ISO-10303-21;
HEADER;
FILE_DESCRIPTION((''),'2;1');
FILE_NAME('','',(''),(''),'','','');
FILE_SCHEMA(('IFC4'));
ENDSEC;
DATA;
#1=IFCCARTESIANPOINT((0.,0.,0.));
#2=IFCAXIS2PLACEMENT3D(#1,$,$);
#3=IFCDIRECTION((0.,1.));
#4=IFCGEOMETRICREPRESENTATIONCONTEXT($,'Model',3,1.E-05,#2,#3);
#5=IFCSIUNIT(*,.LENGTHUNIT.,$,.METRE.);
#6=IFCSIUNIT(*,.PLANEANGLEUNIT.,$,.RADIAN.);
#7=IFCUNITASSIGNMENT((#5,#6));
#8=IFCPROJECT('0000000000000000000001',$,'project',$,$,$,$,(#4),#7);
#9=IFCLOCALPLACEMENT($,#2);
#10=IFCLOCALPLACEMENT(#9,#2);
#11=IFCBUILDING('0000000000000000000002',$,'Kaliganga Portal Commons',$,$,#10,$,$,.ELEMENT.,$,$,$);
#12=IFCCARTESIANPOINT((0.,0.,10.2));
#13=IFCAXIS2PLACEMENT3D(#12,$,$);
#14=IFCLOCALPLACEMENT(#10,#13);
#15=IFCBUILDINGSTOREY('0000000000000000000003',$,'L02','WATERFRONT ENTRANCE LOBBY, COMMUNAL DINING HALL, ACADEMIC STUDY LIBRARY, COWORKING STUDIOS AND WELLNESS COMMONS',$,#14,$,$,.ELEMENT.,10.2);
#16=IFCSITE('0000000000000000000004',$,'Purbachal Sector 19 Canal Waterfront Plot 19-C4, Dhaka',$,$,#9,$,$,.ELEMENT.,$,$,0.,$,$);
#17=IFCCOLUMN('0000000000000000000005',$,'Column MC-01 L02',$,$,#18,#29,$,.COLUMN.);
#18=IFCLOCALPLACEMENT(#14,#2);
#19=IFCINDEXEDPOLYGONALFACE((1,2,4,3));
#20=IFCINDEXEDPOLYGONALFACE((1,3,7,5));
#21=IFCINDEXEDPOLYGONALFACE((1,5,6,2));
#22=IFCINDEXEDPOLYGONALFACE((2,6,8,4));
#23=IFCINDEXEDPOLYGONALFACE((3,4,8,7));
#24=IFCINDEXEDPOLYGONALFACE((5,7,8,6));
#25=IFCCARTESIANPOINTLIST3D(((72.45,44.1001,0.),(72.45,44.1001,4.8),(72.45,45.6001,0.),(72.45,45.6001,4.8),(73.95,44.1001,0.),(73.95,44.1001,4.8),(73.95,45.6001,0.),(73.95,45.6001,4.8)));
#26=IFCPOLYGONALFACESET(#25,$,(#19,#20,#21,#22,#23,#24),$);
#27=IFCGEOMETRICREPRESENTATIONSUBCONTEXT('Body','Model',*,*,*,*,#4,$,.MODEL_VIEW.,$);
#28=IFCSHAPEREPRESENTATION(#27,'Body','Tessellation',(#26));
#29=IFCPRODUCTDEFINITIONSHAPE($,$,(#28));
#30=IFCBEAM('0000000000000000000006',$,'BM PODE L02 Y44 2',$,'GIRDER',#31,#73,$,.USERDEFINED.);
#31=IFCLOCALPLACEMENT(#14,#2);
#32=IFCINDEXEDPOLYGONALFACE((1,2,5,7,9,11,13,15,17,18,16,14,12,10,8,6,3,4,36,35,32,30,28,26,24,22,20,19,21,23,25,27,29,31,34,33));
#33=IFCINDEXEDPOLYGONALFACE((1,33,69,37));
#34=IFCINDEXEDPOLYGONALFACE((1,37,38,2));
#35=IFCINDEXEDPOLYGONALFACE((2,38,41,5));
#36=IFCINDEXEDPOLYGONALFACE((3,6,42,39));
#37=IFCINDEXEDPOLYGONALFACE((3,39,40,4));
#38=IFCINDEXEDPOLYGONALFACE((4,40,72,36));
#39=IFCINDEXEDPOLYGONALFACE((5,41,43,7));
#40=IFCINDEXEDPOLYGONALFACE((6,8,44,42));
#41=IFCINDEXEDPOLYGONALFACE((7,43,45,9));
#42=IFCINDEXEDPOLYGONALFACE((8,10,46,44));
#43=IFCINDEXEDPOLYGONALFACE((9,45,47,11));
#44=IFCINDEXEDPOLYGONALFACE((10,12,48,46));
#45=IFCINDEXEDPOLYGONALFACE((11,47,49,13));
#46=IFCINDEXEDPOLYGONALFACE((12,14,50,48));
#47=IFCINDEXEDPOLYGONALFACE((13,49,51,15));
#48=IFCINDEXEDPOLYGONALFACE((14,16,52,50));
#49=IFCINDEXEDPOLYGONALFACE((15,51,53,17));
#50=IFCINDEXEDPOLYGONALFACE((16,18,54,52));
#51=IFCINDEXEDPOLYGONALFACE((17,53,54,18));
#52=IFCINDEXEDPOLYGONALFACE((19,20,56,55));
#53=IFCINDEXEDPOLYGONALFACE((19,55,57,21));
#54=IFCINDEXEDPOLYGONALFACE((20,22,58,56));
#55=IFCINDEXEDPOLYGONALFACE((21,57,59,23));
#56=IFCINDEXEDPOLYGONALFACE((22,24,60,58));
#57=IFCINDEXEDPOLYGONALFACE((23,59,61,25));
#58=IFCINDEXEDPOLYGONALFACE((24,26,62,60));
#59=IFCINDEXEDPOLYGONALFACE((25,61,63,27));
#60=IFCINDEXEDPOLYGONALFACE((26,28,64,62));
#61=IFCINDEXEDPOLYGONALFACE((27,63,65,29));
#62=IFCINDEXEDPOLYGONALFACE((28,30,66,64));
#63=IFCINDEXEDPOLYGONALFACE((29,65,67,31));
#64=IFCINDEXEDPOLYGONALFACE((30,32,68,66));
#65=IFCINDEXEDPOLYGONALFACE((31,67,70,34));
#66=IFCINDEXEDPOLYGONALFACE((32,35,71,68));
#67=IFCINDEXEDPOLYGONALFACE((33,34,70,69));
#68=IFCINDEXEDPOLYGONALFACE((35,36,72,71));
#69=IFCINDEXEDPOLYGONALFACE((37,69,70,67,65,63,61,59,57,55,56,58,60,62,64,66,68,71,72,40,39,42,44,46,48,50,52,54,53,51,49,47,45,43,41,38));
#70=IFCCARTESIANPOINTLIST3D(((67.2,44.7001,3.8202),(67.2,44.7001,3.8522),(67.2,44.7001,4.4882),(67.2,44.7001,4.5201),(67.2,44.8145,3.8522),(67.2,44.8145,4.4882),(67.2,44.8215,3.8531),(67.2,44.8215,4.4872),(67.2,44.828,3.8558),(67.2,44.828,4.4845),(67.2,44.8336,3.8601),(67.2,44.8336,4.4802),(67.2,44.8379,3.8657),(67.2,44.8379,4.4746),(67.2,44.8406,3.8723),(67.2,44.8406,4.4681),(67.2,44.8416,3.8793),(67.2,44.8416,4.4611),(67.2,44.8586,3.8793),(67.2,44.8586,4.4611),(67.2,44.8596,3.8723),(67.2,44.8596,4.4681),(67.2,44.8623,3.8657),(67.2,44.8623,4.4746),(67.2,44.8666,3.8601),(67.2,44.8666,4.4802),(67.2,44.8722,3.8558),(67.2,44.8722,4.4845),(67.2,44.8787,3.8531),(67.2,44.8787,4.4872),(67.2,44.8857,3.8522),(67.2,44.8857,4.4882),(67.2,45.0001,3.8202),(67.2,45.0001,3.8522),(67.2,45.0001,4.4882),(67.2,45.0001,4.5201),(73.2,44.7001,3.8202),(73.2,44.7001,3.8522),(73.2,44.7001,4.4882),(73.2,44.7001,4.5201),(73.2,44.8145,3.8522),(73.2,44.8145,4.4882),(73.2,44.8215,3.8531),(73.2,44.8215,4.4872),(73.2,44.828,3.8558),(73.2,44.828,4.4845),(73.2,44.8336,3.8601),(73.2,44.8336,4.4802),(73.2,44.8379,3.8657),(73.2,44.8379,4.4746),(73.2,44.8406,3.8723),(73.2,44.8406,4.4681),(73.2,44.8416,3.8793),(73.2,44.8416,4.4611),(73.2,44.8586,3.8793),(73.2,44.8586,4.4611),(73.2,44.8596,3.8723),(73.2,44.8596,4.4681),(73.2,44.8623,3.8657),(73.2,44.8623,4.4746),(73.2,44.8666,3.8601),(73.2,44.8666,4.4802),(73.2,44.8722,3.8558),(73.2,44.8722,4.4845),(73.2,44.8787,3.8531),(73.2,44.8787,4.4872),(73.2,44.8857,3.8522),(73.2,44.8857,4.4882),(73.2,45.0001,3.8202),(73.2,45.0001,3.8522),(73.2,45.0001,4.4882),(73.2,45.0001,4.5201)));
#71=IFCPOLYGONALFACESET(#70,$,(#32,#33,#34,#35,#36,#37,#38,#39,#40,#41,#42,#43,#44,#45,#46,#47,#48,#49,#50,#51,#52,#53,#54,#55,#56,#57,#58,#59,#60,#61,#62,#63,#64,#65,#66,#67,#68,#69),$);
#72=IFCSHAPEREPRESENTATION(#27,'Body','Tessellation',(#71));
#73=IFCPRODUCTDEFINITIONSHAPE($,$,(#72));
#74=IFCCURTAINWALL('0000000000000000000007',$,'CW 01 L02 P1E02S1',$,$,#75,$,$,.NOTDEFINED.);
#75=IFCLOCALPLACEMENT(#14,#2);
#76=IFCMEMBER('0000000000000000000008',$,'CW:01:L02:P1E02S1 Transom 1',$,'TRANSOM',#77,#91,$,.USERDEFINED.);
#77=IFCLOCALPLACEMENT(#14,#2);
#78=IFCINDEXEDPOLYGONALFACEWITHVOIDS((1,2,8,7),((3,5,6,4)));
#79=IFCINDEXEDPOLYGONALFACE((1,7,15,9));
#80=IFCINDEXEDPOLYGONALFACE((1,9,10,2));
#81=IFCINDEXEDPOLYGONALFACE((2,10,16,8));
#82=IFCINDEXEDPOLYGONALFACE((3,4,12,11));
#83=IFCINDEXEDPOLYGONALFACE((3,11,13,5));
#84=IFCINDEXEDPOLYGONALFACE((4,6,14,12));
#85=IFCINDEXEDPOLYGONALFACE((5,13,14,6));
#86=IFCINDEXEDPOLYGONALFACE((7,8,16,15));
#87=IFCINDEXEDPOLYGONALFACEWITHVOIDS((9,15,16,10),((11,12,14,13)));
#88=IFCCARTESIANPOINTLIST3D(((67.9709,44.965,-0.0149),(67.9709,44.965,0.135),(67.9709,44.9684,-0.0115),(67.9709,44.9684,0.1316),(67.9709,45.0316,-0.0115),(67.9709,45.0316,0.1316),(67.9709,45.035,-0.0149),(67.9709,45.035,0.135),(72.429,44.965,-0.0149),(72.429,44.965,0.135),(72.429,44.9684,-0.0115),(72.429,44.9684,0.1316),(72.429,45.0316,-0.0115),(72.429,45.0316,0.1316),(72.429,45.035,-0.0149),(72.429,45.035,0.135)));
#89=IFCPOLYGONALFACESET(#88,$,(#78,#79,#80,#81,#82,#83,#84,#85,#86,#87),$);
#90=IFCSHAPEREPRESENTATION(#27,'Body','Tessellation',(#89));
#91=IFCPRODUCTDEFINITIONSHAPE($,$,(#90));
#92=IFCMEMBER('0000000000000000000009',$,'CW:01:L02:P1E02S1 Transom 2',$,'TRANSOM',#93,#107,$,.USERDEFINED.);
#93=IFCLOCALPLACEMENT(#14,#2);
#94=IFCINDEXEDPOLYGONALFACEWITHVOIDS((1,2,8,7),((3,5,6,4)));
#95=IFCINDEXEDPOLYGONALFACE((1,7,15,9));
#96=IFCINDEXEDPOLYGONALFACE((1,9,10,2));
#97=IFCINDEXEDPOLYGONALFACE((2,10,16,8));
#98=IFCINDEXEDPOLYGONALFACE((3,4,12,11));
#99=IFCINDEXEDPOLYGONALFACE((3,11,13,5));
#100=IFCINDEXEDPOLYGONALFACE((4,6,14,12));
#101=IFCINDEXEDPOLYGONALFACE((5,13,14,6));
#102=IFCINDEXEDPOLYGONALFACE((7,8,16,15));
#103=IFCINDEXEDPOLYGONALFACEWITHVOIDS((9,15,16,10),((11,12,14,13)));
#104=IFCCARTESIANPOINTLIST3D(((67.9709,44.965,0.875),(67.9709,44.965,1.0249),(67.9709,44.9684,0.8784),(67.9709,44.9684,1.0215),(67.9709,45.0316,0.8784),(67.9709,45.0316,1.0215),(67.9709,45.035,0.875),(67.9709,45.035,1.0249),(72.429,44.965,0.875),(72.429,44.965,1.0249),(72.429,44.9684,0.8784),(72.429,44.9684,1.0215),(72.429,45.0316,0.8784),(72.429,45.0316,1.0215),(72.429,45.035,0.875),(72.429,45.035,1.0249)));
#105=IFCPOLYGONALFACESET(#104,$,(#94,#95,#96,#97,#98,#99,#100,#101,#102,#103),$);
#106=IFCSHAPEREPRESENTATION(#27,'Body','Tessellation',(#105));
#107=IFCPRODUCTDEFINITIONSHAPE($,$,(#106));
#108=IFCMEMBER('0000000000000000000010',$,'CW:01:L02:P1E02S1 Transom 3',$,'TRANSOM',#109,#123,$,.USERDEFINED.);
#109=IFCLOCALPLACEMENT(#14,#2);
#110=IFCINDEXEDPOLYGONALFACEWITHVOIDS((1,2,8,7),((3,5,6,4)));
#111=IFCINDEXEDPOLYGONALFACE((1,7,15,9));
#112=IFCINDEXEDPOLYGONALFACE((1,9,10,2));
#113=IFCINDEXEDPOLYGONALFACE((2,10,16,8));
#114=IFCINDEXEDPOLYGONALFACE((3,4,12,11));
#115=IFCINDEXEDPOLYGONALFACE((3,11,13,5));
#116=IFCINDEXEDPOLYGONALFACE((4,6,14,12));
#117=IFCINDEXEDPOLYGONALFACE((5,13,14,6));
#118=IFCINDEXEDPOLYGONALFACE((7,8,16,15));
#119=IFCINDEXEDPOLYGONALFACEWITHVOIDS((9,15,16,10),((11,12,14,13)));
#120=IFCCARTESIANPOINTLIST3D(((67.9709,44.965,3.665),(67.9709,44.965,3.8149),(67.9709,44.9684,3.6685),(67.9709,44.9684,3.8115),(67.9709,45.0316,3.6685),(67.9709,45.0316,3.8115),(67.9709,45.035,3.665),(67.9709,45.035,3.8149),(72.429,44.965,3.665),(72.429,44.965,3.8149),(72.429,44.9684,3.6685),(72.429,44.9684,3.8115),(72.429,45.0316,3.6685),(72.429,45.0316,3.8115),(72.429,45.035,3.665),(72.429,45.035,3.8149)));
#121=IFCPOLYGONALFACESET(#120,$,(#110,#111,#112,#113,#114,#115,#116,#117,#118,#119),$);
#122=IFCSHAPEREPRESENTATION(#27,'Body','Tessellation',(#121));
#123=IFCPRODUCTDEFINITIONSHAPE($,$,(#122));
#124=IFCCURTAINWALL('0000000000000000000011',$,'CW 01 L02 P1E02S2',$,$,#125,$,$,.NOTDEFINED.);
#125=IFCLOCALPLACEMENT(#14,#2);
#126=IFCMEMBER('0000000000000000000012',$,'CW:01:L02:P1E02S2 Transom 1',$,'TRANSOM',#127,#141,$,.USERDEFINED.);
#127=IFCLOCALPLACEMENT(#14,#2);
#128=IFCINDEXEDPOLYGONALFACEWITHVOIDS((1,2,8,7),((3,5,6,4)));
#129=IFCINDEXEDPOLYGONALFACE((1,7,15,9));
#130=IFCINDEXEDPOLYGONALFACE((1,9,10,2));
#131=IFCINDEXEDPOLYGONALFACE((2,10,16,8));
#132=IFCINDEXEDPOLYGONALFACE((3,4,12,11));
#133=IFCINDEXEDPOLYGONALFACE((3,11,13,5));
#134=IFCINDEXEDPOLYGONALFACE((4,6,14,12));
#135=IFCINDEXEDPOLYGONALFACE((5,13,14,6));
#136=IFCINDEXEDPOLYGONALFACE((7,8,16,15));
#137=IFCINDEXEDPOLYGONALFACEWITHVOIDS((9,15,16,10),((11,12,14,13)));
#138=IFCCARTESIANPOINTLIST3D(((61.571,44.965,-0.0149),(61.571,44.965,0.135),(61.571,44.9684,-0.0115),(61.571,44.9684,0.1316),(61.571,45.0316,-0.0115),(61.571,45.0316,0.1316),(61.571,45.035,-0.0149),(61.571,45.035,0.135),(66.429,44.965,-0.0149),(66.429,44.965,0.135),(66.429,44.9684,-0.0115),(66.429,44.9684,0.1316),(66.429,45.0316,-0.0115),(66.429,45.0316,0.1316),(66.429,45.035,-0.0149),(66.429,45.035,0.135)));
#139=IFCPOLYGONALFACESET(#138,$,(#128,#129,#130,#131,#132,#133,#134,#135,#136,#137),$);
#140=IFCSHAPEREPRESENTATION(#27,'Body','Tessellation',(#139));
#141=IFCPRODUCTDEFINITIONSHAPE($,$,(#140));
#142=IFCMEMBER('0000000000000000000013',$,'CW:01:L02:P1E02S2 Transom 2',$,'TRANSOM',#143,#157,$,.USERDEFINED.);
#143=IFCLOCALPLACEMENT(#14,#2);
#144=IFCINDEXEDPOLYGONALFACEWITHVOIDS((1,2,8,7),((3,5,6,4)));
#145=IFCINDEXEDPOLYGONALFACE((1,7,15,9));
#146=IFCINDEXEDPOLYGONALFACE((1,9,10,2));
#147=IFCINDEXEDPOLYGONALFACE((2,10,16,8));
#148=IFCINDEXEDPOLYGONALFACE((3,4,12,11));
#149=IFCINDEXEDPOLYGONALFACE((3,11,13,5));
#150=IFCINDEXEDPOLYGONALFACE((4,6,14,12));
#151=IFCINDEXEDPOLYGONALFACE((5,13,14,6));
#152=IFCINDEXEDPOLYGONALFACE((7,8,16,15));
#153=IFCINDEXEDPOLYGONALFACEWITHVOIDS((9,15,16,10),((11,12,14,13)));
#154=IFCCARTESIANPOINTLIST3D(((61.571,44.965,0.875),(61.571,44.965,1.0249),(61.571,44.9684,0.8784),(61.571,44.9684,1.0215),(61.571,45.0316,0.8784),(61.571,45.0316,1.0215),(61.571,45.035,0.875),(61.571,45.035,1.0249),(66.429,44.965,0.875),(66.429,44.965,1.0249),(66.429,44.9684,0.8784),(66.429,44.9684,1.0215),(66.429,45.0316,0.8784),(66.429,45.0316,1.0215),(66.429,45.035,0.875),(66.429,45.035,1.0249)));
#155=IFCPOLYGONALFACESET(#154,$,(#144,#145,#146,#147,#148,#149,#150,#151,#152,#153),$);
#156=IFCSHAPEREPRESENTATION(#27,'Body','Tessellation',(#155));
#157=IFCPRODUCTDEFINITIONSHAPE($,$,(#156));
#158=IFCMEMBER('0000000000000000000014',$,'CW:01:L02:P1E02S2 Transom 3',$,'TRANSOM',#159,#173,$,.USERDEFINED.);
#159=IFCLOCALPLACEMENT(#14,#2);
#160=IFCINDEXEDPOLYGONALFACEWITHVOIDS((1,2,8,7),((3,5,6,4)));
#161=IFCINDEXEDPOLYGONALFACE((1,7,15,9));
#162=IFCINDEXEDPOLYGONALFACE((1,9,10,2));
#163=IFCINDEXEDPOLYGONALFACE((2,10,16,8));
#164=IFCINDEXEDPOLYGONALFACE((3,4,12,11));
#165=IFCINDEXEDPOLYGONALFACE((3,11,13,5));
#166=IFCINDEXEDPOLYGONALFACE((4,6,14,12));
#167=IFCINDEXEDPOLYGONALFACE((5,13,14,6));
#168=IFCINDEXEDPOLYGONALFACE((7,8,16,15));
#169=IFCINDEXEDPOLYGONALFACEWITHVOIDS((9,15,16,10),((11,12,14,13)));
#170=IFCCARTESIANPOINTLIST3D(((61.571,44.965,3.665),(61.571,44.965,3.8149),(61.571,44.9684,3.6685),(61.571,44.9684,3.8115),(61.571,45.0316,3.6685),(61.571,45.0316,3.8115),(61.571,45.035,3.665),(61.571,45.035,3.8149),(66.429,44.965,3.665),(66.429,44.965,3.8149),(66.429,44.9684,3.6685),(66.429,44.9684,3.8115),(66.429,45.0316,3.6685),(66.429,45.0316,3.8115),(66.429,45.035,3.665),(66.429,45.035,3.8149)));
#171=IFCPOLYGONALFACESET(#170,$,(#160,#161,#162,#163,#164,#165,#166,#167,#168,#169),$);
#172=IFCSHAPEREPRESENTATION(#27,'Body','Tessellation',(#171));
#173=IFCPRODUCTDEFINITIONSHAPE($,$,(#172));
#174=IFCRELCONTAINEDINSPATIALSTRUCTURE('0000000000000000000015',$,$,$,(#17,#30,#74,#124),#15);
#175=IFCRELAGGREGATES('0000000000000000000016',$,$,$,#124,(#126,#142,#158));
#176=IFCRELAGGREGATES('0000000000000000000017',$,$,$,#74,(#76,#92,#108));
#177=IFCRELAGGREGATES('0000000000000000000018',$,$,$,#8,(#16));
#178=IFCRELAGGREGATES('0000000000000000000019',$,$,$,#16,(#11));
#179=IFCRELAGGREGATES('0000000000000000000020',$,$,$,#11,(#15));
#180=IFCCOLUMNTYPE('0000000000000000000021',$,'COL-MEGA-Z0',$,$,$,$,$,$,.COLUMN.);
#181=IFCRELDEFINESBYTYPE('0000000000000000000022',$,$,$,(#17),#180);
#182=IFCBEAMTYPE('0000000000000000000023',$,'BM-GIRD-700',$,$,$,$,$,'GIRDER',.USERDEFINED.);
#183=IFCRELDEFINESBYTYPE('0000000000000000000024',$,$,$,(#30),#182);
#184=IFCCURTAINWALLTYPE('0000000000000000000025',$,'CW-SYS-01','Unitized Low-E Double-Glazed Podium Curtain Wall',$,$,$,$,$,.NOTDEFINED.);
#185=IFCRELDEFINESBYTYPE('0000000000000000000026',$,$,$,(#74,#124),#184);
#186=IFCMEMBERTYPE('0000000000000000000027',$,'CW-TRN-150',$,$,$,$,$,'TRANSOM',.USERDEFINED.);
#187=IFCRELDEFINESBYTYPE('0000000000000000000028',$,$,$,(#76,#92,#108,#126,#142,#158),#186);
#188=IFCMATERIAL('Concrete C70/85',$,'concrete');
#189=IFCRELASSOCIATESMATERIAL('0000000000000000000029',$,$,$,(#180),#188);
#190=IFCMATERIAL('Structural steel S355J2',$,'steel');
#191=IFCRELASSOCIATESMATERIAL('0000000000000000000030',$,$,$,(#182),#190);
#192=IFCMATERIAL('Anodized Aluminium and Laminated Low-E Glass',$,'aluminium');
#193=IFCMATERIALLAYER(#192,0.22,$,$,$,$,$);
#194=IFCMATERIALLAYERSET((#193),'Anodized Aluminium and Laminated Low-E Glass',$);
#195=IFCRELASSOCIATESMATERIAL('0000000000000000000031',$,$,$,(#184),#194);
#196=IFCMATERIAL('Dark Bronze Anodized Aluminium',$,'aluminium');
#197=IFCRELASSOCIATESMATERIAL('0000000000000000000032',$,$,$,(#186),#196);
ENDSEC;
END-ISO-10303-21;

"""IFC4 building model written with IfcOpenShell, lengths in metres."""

from ifc_helpers import new_model, si_unit, direction, frame, origin, origin_2d, place, context, subcontext, project, spatial, rectangle, hollow_rectangle, i_section, extrude, source, transform, mapped, material, layer, layer_set, material_profile, profile_set, type_object, element, aggregate, save


model = new_model("IFC4")

# Units and contexts
model_context = context("Model", 3, precision=1e-05, world=origin(), true_north=direction((0.0, 1.0)))
body_context = subcontext(model_context, "Body", "Model", "MODEL_VIEW")
ifc_project = project(units=[si_unit("LENGTHUNIT", "METRE"), si_unit("PLANEANGLEUNIT", "RADIAN")], contexts=[model_context])

# Site, building, storey
site_placement = place(None, origin())
site = spatial("IfcSite", under=ifc_project, at=site_placement, Name="Purbachal Sector 19 Canal Waterfront Plot 19-C4, Dhaka", CompositionType="ELEMENT", RefElevation=0.0)
building_placement = place(site_placement, origin())
building = spatial("IfcBuilding", under=site, at=building_placement, Name="Kaliganga Portal Commons", CompositionType="ELEMENT")
storey_placement = place(building_placement, frame((0.0, 0.0, 10.2)))
storey = spatial("IfcBuildingStorey", under=building, at=storey_placement, Name="L02", Description="WATERFRONT ENTRANCE LOBBY, COMMUNAL DINING HALL, ACADEMIC STUDY LIBRARY, COWORKING STUDIOS AND WELLNESS COMMONS", CompositionType="ELEMENT", Elevation=10.2)

# Column
ifc_material_1 = material(Name="Concrete C70/85", Category="concrete")
ifc_material_profile_1 = material_profile(ifc_material_1, rectangle(XDim=1.5, YDim=1.5, at=origin_2d()), Name="RC 1500x1500")
ifc_profile_set_1 = profile_set([ifc_material_profile_1], Name="Concrete C70/85")
column_type = type_object("IfcColumnType", Name="COL-MEGA-Z0", PredefinedType="COLUMN", material=ifc_profile_set_1)
shared_shape_1 = source(origin(), body_context, "Body", "SweptSolid", [
    extrude(rectangle(XDim=1.5, YDim=1.5, at=origin_2d()), origin(), (0.0, 0.0, 1.0), 4.8),
])
column_placement = place(storey_placement, frame((73.2, 44.8501, 0.0), z_axis=(0.0, 0.0, 1.0), x_axis=(1.0, 0.0, 0.0)))
element("IfcColumn", 1, at=column_placement, inside=storey, type_object=column_type, Name="Column MC-01 L02", PredefinedType="COLUMN", context=body_context, shape_type="MappedRepresentation", body=[
    mapped(shared_shape_1, transform((0.0, 0.0, 0.0), x_axis=(1.0, 0.0, 0.0), y_axis=(0.0, 1.0, 0.0), z_axis=(0.0, 0.0, 1.0), scale=1.0)),
])

# Beam
ifc_material_2 = material(Name="Structural steel S355J2", Category="steel")
ifc_material_profile_2 = material_profile(ifc_material_2, i_section(OverallWidth=0.3, OverallDepth=0.7, WebThickness=0.0171, FlangeThickness=0.032, FilletRadius=0.0271, at=origin_2d()), Name="HE 700 B")
ifc_profile_set_2 = profile_set([ifc_material_profile_2], Name="Structural steel S355J2 wide-flange")
beam_type = type_object("IfcBeamType", Name="BM-GIRD-700", ElementType="GIRDER", PredefinedType="USERDEFINED", material=ifc_profile_set_2)
shared_shape_2 = source(origin(), body_context, "Body", "SweptSolid", [
    extrude(i_section(OverallWidth=0.3, OverallDepth=0.7, WebThickness=0.0171, FlangeThickness=0.032, FilletRadius=0.0271, at=origin_2d()), origin(), (0.0, 0.0, 1.0), 6.0),
])
beam_placement = place(storey_placement, frame((67.2, 44.8501, 4.1702), z_axis=(1.0, 0.0, 0.0), x_axis=(0.0, 1.0, 0.0)))
element("IfcBeam", 2, at=beam_placement, inside=storey, type_object=beam_type, Name="BM PODE L02 Y44 2", ObjectType="GIRDER", PredefinedType="USERDEFINED", context=body_context, shape_type="MappedRepresentation", body=[
    mapped(shared_shape_2, transform((0.0, 0.0, 0.0), x_axis=(1.0, 0.0, 0.0), y_axis=(0.0, 1.0, 0.0), z_axis=(0.0, 0.0, 1.0), scale=1.0)),
])

# Curtain walls, members
ifc_material_3 = material(Name="Anodized Aluminium and Laminated Low-E Glass", Category="aluminium")
ifc_layer_1 = layer(ifc_material_3, 0.22)
ifc_layer_set_1 = layer_set([ifc_layer_1], Name="Anodized Aluminium and Laminated Low-E Glass")
curtain_wall_type = type_object("IfcCurtainWallType", Name="CW-SYS-01", Description="Unitized Low-E Double-Glazed Podium Curtain Wall", PredefinedType="NOTDEFINED", material=ifc_layer_set_1)
curtain_wall_1_placement = place(storey_placement, origin())
curtain_wall_1 = element("IfcCurtainWall", 3, at=curtain_wall_1_placement, inside=storey, type_object=curtain_wall_type, Name="CW 01 L02 P1E02S1", PredefinedType="NOTDEFINED")
ifc_material_4 = material(Name="Dark Bronze Anodized Aluminium", Category="aluminium")
ifc_material_profile_3 = material_profile(ifc_material_4, hollow_rectangle(XDim=0.0701, YDim=0.1499, WallThickness=0.0034, at=origin_2d()), Name="ALU TRAN 70x150x3.5")
ifc_profile_set_3 = profile_set([ifc_material_profile_3], Name="Dark Bronze Anodized Aluminium")
member_type_1 = type_object("IfcMemberType", Name="CW-TRN-150", ElementType="TRANSOM", PredefinedType="USERDEFINED", material=ifc_profile_set_3)
shared_shape_3 = source(origin(), body_context, "Body", "SweptSolid", [
    extrude(hollow_rectangle(XDim=0.0701, YDim=0.1499, WallThickness=0.0034, at=origin_2d()), origin(), (0.0, 0.0, 1.0), 4.458),
])
member_1_placement = place(storey_placement, frame((72.429, 45.0, 0.0601), z_axis=(-1.0, 0.0, 0.0), x_axis=(0.0, -1.0, 0.0)))
member_1 = element("IfcMember", 4, at=member_1_placement, type_object=member_type_1, Name="CW:01:L02:P1E02S1 Transom 1", ObjectType="TRANSOM", PredefinedType="USERDEFINED", context=body_context, shape_type="MappedRepresentation", body=[
    mapped(shared_shape_3, transform((0.0, 0.0, 0.0), x_axis=(1.0, 0.0, 0.0), y_axis=(0.0, 1.0, 0.0), z_axis=(0.0, 0.0, 1.0), scale=1.0)),
])
member_2_placement = place(storey_placement, frame((72.429, 45.0, 0.95), z_axis=(-1.0, 0.0, 0.0), x_axis=(0.0, -1.0, 0.0)))
member_2 = element("IfcMember", 5, at=member_2_placement, type_object=member_type_1, Name="CW:01:L02:P1E02S1 Transom 2", ObjectType="TRANSOM", PredefinedType="USERDEFINED", context=body_context, shape_type="MappedRepresentation", body=[
    mapped(shared_shape_3, transform((0.0, 0.0, 0.0), x_axis=(1.0, 0.0, 0.0), y_axis=(0.0, 1.0, 0.0), z_axis=(0.0, 0.0, 1.0), scale=1.0)),
])
member_3_placement = place(storey_placement, frame((72.429, 45.0, 3.74), z_axis=(-1.0, 0.0, 0.0), x_axis=(0.0, -1.0, 0.0)))
member_3 = element("IfcMember", 6, at=member_3_placement, type_object=member_type_1, Name="CW:01:L02:P1E02S1 Transom 3", ObjectType="TRANSOM", PredefinedType="USERDEFINED", context=body_context, shape_type="MappedRepresentation", body=[
    mapped(shared_shape_3, transform((0.0, 0.0, 0.0), x_axis=(1.0, 0.0, 0.0), y_axis=(0.0, 1.0, 0.0), z_axis=(0.0, 0.0, 1.0), scale=1.0)),
])
curtain_wall_2_placement = place(storey_placement, origin())
curtain_wall_2 = element("IfcCurtainWall", 7, at=curtain_wall_2_placement, inside=storey, type_object=curtain_wall_type, Name="CW 01 L02 P1E02S2", PredefinedType="NOTDEFINED")
shared_shape_4 = source(origin(), body_context, "Body", "SweptSolid", [
    extrude(hollow_rectangle(XDim=0.0701, YDim=0.1499, WallThickness=0.0034, at=origin_2d()), origin(), (0.0, 0.0, 1.0), 4.8579),
])
member_4_placement = place(storey_placement, frame((66.429, 45.0, 0.0601), z_axis=(-1.0, 0.0, 0.0), x_axis=(0.0, -1.0, 0.0)))
member_4 = element("IfcMember", 8, at=member_4_placement, type_object=member_type_1, Name="CW:01:L02:P1E02S2 Transom 1", ObjectType="TRANSOM", PredefinedType="USERDEFINED", context=body_context, shape_type="MappedRepresentation", body=[
    mapped(shared_shape_4, transform((0.0, 0.0, 0.0), x_axis=(1.0, 0.0, 0.0), y_axis=(0.0, 1.0, 0.0), z_axis=(0.0, 0.0, 1.0), scale=1.0)),
])
member_5_placement = place(storey_placement, frame((66.429, 45.0, 0.95), z_axis=(-1.0, 0.0, 0.0), x_axis=(0.0, -1.0, 0.0)))
member_5 = element("IfcMember", 9, at=member_5_placement, type_object=member_type_1, Name="CW:01:L02:P1E02S2 Transom 2", ObjectType="TRANSOM", PredefinedType="USERDEFINED", context=body_context, shape_type="MappedRepresentation", body=[
    mapped(shared_shape_4, transform((0.0, 0.0, 0.0), x_axis=(1.0, 0.0, 0.0), y_axis=(0.0, 1.0, 0.0), z_axis=(0.0, 0.0, 1.0), scale=1.0)),
])
member_6_placement = place(storey_placement, frame((66.429, 45.0, 3.74), z_axis=(-1.0, 0.0, 0.0), x_axis=(0.0, -1.0, 0.0)))
member_6 = element("IfcMember", 10, at=member_6_placement, type_object=member_type_1, Name="CW:01:L02:P1E02S2 Transom 3", ObjectType="TRANSOM", PredefinedType="USERDEFINED", context=body_context, shape_type="MappedRepresentation", body=[
    mapped(shared_shape_4, transform((0.0, 0.0, 0.0), x_axis=(1.0, 0.0, 0.0), y_axis=(0.0, 1.0, 0.0), z_axis=(0.0, 0.0, 1.0), scale=1.0)),
])
aggregate(curtain_wall_2, [member_4, member_5, member_6])

aggregate(curtain_wall_1, [member_1, member_2, member_3])

save(model, "model.ifc")
